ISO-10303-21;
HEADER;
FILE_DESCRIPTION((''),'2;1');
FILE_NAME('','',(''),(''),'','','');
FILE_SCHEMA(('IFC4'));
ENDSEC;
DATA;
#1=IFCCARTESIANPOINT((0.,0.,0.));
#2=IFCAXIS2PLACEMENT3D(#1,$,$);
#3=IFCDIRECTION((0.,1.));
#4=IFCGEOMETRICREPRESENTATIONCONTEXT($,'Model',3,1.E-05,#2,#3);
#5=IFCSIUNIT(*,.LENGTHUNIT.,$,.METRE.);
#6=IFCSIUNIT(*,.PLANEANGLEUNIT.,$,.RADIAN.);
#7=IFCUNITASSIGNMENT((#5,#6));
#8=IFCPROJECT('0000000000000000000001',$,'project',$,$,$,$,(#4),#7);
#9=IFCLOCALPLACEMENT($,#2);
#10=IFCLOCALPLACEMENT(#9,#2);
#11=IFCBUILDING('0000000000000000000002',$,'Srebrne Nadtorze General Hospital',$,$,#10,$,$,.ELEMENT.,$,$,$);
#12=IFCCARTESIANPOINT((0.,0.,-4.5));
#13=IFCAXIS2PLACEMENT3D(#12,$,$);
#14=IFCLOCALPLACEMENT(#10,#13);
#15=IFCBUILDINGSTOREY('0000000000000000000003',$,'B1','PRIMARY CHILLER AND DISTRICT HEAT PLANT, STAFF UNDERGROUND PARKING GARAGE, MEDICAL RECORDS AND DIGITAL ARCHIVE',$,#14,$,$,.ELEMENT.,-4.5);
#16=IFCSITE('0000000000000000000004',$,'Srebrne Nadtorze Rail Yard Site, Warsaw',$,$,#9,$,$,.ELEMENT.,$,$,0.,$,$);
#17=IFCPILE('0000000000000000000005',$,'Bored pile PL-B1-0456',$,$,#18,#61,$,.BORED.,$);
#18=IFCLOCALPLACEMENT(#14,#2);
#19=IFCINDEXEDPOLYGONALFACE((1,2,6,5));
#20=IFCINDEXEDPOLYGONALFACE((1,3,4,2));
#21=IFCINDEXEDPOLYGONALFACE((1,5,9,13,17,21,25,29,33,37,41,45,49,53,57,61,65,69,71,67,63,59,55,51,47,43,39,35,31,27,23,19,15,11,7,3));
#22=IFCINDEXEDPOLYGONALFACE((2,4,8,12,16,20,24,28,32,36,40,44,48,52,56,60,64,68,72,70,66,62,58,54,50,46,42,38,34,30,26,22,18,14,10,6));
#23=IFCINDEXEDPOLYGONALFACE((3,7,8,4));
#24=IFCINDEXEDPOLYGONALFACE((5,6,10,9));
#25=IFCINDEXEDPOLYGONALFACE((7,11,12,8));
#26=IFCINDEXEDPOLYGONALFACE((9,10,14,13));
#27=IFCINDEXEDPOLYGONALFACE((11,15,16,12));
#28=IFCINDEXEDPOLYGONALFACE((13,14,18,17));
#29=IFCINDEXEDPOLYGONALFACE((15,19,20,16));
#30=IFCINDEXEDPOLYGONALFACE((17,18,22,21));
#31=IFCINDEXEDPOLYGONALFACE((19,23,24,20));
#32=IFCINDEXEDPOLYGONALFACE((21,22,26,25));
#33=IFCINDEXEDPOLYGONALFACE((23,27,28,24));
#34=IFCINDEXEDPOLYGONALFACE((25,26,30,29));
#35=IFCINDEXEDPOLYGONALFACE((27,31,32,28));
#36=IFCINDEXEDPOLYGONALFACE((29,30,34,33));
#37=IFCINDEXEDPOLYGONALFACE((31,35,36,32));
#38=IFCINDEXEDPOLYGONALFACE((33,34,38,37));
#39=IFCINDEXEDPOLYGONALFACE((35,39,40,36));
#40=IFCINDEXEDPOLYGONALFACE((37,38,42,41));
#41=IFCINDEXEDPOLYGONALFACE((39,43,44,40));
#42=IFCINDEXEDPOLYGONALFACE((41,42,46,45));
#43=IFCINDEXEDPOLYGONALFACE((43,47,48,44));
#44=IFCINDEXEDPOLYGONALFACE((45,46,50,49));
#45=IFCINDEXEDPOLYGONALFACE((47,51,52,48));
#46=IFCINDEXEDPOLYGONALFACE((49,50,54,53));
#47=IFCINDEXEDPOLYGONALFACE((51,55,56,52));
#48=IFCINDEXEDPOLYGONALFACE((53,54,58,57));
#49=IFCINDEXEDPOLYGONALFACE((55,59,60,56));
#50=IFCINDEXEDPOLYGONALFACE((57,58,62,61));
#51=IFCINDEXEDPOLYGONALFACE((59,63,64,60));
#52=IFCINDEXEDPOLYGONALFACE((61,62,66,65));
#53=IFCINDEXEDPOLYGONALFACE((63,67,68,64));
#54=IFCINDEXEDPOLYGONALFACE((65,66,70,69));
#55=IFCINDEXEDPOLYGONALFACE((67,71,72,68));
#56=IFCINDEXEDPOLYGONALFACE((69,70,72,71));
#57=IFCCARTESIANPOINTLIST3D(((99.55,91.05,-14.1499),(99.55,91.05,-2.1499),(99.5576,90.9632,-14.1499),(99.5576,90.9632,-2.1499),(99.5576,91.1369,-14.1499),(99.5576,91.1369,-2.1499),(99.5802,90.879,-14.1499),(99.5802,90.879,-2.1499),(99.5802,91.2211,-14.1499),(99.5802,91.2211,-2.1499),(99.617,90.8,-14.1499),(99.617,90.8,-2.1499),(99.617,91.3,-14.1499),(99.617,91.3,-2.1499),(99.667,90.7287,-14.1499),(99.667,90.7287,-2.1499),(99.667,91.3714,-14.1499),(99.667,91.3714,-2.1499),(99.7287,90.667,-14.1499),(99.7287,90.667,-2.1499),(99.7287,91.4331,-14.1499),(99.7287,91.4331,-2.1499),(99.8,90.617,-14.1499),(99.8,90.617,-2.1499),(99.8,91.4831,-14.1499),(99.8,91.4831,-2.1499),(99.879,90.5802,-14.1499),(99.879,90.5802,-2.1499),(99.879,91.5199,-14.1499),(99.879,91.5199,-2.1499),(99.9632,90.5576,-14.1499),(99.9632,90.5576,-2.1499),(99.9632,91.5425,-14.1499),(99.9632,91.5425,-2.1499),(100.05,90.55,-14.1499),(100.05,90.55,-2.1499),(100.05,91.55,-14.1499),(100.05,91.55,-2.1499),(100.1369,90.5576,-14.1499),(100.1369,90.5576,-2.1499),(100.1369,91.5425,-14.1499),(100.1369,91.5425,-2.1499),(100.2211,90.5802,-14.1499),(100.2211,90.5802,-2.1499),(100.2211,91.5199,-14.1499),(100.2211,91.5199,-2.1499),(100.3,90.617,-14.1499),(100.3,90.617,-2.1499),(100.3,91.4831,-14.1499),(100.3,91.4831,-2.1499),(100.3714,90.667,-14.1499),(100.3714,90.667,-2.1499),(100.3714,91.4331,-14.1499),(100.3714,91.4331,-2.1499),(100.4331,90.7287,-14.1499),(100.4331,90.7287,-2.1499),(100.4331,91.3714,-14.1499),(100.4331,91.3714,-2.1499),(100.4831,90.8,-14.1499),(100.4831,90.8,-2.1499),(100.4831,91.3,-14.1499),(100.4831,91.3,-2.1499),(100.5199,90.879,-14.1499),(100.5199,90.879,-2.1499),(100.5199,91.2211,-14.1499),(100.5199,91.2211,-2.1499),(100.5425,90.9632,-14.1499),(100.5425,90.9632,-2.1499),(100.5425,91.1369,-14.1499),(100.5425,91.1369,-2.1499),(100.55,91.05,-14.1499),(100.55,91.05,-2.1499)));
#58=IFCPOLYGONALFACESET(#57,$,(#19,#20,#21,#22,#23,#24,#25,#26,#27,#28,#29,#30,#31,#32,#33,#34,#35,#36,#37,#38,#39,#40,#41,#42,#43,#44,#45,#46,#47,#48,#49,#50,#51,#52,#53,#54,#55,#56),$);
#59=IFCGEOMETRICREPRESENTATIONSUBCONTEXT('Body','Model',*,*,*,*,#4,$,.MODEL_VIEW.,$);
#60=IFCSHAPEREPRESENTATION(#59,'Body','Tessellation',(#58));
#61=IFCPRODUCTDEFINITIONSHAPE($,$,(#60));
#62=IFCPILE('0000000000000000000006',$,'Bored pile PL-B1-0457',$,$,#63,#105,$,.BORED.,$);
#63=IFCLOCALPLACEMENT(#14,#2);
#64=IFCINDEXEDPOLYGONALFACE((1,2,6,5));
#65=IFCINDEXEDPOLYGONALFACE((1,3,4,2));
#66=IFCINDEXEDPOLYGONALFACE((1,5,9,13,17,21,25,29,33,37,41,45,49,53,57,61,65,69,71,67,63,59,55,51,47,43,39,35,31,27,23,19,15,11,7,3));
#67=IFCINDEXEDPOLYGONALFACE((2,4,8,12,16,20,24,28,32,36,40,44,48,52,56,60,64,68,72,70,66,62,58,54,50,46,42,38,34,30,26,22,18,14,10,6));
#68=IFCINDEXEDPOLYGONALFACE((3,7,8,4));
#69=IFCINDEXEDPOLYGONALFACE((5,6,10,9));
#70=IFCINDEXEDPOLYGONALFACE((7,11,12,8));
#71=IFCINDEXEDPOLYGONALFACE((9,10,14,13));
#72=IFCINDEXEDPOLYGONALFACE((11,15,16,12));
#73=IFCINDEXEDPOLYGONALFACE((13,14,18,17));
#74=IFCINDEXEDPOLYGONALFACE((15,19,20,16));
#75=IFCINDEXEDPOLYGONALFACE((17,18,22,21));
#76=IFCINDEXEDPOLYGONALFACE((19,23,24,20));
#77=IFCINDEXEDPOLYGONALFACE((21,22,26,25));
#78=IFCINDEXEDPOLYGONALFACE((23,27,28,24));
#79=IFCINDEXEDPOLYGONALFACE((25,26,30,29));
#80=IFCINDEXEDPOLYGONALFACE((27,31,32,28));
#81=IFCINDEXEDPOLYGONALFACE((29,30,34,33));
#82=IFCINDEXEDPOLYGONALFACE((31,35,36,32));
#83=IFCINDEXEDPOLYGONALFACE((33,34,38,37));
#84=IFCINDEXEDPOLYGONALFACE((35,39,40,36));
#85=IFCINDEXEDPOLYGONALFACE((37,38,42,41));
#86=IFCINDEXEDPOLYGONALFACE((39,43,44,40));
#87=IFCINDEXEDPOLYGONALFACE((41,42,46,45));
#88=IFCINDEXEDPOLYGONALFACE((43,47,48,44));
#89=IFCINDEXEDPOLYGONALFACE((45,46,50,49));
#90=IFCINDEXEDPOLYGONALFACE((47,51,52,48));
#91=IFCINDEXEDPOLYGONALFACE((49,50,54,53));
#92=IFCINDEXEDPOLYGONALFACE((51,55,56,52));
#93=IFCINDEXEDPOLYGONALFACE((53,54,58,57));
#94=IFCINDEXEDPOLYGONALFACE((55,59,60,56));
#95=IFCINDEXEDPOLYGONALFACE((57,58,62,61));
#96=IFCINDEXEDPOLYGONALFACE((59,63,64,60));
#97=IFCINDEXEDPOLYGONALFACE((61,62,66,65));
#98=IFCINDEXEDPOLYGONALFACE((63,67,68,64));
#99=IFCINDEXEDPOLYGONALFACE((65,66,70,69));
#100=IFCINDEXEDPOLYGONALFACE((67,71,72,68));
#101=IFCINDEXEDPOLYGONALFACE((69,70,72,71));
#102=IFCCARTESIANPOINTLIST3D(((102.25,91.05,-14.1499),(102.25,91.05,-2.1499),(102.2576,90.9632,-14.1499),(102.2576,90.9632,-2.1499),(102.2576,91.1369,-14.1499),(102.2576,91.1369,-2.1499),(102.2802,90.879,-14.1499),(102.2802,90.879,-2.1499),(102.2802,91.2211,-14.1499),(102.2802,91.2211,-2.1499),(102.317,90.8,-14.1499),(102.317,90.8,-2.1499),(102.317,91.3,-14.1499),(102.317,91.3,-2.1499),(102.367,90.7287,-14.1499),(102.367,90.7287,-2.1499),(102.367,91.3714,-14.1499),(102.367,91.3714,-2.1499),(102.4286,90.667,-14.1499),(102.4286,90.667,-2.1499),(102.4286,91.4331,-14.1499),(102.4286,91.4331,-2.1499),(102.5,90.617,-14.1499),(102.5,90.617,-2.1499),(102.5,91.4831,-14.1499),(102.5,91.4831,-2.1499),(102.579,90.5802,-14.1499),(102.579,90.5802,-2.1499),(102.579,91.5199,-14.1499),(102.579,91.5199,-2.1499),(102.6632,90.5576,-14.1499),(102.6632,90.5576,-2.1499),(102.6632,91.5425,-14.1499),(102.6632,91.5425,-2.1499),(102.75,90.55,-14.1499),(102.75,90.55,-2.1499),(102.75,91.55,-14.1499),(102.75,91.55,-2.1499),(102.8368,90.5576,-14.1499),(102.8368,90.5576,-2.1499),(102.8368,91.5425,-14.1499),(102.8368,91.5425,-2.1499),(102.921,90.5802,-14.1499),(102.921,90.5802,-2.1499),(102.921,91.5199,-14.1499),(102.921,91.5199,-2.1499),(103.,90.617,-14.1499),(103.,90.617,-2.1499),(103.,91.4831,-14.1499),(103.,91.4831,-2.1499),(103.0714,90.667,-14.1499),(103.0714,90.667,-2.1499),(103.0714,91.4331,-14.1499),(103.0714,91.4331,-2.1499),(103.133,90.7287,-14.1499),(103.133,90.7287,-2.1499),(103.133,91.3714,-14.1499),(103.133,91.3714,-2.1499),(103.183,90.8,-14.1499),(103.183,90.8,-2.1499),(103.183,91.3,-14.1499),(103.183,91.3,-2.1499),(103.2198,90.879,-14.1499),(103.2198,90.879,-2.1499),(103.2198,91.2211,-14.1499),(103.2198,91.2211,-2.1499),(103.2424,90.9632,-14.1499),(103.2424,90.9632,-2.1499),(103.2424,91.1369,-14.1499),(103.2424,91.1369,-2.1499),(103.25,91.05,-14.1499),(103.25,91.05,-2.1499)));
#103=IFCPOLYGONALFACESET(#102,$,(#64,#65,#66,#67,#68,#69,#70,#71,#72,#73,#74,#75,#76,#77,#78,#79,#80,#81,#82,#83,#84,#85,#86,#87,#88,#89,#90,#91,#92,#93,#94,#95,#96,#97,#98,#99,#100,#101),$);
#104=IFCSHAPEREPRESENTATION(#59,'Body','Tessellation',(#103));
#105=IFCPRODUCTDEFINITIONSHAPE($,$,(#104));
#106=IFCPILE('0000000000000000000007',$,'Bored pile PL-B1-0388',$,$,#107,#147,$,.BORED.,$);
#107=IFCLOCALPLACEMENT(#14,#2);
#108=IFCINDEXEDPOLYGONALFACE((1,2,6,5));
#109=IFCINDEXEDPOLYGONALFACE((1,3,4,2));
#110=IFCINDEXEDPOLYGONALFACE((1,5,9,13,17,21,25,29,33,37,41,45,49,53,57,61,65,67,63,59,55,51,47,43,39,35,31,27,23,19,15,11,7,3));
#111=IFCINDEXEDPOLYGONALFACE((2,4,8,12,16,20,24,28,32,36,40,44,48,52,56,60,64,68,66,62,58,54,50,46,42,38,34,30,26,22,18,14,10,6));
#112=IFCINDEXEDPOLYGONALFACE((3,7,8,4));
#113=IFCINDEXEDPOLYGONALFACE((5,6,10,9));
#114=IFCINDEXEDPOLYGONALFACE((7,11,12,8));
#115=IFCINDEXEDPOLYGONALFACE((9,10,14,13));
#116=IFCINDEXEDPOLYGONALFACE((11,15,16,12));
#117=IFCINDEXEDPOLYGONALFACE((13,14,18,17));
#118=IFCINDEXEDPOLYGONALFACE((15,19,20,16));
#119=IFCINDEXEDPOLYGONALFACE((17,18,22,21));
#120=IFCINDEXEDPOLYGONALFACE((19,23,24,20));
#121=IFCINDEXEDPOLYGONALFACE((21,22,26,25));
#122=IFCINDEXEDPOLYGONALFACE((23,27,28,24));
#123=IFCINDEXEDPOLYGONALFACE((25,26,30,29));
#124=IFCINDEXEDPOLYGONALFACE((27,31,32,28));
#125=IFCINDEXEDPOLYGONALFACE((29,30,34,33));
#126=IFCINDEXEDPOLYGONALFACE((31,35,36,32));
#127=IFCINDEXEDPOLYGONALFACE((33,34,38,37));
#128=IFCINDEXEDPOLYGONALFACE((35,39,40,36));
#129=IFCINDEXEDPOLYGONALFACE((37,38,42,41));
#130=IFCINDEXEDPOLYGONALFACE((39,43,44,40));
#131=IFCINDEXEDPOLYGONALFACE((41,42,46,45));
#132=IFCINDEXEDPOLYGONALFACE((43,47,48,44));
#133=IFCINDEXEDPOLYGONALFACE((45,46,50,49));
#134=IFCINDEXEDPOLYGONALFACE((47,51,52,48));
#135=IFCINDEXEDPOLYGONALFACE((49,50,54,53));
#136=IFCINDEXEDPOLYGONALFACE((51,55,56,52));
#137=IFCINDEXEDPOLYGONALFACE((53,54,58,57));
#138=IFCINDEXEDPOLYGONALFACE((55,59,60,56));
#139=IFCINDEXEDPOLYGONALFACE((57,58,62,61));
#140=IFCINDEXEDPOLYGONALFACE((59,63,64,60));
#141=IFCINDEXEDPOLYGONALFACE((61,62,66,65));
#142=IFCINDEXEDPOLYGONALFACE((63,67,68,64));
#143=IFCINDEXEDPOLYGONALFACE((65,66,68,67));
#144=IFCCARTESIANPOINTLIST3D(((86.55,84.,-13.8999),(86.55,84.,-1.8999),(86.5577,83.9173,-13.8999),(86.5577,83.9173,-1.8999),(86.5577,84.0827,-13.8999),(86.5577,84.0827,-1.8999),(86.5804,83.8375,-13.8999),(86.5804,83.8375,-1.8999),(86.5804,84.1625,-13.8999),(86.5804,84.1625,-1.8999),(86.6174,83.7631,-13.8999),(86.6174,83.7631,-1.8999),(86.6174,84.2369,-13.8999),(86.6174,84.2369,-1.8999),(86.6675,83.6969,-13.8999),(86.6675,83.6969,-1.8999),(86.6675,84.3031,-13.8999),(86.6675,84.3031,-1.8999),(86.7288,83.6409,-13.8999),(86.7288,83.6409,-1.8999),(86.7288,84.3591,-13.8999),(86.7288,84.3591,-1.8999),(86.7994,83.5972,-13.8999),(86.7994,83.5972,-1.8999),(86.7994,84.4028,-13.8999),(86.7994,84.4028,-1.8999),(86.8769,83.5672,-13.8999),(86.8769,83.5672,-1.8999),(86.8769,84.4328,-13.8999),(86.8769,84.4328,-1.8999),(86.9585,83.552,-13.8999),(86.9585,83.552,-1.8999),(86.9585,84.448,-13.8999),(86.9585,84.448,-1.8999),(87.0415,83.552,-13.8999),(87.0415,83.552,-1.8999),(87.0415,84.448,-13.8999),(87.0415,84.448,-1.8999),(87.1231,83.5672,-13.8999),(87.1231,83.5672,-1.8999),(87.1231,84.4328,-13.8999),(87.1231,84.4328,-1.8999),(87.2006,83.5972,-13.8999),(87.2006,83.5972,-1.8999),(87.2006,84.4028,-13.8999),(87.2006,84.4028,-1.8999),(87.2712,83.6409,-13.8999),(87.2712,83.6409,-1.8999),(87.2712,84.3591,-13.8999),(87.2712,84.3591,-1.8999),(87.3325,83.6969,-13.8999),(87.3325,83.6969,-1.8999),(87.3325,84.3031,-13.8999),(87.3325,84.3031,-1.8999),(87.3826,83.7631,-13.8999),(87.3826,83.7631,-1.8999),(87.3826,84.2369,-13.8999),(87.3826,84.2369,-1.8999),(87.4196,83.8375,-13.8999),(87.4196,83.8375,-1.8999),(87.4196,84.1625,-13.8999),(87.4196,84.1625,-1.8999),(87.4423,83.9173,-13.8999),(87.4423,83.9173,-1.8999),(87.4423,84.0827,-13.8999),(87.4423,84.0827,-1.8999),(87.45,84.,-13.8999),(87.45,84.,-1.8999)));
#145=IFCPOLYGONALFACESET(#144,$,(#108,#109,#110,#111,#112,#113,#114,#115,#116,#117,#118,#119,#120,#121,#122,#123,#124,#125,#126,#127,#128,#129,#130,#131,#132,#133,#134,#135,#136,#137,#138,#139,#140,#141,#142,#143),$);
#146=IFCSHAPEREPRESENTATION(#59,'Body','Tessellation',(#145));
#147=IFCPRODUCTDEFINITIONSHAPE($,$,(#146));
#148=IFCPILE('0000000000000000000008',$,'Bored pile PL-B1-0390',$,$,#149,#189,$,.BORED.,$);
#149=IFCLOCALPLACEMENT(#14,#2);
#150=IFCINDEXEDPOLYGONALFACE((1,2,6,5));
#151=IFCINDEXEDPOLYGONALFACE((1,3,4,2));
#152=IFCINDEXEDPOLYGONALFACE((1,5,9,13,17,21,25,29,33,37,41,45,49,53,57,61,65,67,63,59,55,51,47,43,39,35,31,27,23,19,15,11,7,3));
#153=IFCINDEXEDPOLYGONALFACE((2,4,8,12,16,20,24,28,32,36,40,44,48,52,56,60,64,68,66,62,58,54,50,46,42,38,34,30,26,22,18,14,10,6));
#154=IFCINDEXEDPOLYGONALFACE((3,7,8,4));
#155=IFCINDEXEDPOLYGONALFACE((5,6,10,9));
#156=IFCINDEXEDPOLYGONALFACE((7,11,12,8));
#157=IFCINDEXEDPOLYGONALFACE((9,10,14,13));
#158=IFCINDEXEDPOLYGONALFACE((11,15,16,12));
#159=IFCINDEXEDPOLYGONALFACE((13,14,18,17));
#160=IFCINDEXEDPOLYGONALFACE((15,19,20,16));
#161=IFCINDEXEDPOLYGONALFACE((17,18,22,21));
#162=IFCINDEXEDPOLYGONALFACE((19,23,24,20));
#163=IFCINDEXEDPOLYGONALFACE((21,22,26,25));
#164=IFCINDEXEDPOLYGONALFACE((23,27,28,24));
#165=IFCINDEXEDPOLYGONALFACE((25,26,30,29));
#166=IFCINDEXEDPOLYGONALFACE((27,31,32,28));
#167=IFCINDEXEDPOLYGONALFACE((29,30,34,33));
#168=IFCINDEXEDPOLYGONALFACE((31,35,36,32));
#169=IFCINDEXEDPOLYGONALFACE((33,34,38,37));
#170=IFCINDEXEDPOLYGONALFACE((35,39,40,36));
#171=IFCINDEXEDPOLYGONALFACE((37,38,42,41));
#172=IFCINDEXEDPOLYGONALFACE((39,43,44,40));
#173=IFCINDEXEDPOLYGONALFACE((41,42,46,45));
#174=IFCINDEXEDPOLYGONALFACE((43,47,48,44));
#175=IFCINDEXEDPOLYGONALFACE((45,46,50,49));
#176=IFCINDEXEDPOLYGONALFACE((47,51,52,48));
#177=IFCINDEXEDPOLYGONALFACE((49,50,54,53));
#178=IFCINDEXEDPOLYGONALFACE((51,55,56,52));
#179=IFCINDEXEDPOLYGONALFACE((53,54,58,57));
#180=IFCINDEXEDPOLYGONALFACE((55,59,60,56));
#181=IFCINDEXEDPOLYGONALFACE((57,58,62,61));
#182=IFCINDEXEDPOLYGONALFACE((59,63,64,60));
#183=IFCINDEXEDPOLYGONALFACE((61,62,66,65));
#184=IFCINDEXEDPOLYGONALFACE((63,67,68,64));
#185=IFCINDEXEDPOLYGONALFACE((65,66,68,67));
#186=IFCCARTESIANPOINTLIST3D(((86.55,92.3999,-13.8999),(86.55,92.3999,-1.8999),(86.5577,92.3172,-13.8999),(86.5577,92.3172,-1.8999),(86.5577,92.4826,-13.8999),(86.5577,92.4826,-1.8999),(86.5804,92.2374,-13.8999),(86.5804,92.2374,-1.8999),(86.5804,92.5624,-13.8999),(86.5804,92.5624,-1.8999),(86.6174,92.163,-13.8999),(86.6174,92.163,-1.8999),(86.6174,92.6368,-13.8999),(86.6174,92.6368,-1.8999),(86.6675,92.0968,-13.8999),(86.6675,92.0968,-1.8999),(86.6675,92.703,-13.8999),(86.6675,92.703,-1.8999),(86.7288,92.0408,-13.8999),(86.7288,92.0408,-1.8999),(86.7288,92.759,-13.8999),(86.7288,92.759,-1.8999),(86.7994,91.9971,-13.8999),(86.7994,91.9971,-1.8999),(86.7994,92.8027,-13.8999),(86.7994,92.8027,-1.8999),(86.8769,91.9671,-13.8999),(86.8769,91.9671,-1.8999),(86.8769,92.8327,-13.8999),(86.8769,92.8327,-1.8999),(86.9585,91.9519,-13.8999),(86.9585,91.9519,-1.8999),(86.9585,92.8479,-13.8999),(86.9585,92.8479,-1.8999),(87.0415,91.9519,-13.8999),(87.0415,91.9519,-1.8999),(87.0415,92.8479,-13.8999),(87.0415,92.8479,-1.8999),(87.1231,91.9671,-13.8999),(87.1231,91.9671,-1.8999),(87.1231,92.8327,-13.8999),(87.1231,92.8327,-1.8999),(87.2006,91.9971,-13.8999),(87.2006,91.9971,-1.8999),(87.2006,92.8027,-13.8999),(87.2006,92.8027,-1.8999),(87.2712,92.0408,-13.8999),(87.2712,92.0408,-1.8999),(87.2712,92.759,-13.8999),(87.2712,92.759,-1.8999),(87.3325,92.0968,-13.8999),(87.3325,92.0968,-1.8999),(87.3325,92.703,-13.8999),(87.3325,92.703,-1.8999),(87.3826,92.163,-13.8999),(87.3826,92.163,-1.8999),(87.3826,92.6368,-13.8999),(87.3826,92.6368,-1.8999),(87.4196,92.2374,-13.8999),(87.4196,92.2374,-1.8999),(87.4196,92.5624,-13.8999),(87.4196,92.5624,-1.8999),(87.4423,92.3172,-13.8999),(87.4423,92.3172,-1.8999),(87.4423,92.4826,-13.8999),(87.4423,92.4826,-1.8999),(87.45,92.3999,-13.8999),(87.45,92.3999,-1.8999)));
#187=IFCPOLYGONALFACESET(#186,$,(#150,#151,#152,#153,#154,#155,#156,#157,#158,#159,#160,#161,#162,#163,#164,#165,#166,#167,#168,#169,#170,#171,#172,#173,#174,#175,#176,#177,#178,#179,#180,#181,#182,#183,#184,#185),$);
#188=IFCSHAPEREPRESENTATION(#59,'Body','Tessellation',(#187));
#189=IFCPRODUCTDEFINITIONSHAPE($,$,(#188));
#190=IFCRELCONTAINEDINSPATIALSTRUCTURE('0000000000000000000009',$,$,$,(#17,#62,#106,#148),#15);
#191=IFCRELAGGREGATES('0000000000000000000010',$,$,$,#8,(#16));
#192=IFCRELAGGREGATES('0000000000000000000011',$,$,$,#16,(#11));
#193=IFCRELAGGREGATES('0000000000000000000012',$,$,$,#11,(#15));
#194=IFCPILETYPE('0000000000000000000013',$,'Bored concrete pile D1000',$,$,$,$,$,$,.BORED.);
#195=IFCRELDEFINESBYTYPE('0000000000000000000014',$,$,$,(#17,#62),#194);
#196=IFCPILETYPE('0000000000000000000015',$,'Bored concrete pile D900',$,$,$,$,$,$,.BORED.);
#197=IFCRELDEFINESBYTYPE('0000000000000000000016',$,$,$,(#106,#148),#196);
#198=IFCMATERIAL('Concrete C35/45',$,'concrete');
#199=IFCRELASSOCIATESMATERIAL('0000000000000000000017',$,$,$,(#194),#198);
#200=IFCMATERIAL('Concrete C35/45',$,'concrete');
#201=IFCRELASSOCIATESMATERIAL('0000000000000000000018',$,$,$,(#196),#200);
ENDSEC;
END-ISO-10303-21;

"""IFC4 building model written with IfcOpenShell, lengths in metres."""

from ifc_helpers import new_model, si_unit, direction, frame, origin, origin_2d, place, context, subcontext, project, spatial, circle, extrude, material, material_profile, profile_set, type_object, element, save


model = new_model("IFC4")

# Units and contexts
model_context = context("Model", 3, precision=1e-05, world=origin(), true_north=direction((0.0, 1.0)))
body_context = subcontext(model_context, "Body", "Model", "MODEL_VIEW")
ifc_project = project(units=[si_unit("LENGTHUNIT", "METRE"), si_unit("PLANEANGLEUNIT", "RADIAN")], contexts=[model_context])

# Site, building, storey
site_placement = place(None, origin())
site = spatial("IfcSite", under=ifc_project, at=site_placement, Name="Srebrne Nadtorze Rail Yard Site, Warsaw", CompositionType="ELEMENT", RefElevation=0.0)
building_placement = place(site_placement, origin())
building = spatial("IfcBuilding", under=site, at=building_placement, Name="Srebrne Nadtorze General Hospital", CompositionType="ELEMENT")
storey_placement = place(building_placement, frame((0.0, 0.0, -4.5)))
storey = spatial("IfcBuildingStorey", under=building, at=storey_placement, Name="B1", Description="PRIMARY CHILLER AND DISTRICT HEAT PLANT, STAFF UNDERGROUND PARKING GARAGE, MEDICAL RECORDS AND DIGITAL ARCHIVE", CompositionType="ELEMENT", Elevation=-4.5)

# Piles
ifc_material_1 = material(Name="Concrete C35/45", Category="concrete")
ifc_material_profile_1 = material_profile(ifc_material_1, circle(Radius=0.5, at=origin_2d()), Name="PILE-D1000")
ifc_profile_set_1 = profile_set([ifc_material_profile_1], Name="Concrete C35/45")
pile_type_1 = type_object("IfcPileType", Name="Bored concrete pile D1000", PredefinedType="BORED", material=ifc_profile_set_1)
for number, where, z_axis, x_axis, name in (
    (1, (100.05, 91.05, -2.1499), (0.0, 0.0, -1.0), (1.0, 0.0, 0.0), "Bored pile PL-B1-0456"),
    (2, (102.75, 91.05, -2.1499), (0.0, 0.0, -1.0), (1.0, 0.0, 0.0), "Bored pile PL-B1-0457"),
):
    element("IfcPile", number, at=place(storey_placement, frame(where, z_axis=z_axis, x_axis=x_axis)), inside=storey, type_object=pile_type_1, Name=name, PredefinedType="BORED", context=body_context, shape_type="SweptSolid", body=[
        extrude(circle(Radius=0.5, at=origin_2d()), origin(), (0.0, 0.0, 1.0), 12.0),
    ])
ifc_material_2 = material(Name="Concrete C35/45", Category="concrete")
ifc_material_profile_2 = material_profile(ifc_material_2, circle(Radius=0.45, at=origin_2d()), Name="PILE-D900")
ifc_profile_set_2 = profile_set([ifc_material_profile_2], Name="Concrete C35/45")
pile_type_2 = type_object("IfcPileType", Name="Bored concrete pile D900", PredefinedType="BORED", material=ifc_profile_set_2)
for number, where, z_axis, x_axis, name in (
    (3, (87.0, 84.0, -1.8999), (0.0, 0.0, -1.0), (1.0, 0.0, 0.0), "Bored pile PL-B1-0388"),
    (4, (87.0, 92.3999, -1.8999), (0.0, 0.0, -1.0), (1.0, 0.0, 0.0), "Bored pile PL-B1-0390"),
):
    element("IfcPile", number, at=place(storey_placement, frame(where, z_axis=z_axis, x_axis=x_axis)), inside=storey, type_object=pile_type_2, Name=name, PredefinedType="BORED", context=body_context, shape_type="SweptSolid", body=[
        extrude(circle(Radius=0.45, at=origin_2d()), origin(), (0.0, 0.0, 1.0), 12.0),
    ])

save(model, "model.ifc")
